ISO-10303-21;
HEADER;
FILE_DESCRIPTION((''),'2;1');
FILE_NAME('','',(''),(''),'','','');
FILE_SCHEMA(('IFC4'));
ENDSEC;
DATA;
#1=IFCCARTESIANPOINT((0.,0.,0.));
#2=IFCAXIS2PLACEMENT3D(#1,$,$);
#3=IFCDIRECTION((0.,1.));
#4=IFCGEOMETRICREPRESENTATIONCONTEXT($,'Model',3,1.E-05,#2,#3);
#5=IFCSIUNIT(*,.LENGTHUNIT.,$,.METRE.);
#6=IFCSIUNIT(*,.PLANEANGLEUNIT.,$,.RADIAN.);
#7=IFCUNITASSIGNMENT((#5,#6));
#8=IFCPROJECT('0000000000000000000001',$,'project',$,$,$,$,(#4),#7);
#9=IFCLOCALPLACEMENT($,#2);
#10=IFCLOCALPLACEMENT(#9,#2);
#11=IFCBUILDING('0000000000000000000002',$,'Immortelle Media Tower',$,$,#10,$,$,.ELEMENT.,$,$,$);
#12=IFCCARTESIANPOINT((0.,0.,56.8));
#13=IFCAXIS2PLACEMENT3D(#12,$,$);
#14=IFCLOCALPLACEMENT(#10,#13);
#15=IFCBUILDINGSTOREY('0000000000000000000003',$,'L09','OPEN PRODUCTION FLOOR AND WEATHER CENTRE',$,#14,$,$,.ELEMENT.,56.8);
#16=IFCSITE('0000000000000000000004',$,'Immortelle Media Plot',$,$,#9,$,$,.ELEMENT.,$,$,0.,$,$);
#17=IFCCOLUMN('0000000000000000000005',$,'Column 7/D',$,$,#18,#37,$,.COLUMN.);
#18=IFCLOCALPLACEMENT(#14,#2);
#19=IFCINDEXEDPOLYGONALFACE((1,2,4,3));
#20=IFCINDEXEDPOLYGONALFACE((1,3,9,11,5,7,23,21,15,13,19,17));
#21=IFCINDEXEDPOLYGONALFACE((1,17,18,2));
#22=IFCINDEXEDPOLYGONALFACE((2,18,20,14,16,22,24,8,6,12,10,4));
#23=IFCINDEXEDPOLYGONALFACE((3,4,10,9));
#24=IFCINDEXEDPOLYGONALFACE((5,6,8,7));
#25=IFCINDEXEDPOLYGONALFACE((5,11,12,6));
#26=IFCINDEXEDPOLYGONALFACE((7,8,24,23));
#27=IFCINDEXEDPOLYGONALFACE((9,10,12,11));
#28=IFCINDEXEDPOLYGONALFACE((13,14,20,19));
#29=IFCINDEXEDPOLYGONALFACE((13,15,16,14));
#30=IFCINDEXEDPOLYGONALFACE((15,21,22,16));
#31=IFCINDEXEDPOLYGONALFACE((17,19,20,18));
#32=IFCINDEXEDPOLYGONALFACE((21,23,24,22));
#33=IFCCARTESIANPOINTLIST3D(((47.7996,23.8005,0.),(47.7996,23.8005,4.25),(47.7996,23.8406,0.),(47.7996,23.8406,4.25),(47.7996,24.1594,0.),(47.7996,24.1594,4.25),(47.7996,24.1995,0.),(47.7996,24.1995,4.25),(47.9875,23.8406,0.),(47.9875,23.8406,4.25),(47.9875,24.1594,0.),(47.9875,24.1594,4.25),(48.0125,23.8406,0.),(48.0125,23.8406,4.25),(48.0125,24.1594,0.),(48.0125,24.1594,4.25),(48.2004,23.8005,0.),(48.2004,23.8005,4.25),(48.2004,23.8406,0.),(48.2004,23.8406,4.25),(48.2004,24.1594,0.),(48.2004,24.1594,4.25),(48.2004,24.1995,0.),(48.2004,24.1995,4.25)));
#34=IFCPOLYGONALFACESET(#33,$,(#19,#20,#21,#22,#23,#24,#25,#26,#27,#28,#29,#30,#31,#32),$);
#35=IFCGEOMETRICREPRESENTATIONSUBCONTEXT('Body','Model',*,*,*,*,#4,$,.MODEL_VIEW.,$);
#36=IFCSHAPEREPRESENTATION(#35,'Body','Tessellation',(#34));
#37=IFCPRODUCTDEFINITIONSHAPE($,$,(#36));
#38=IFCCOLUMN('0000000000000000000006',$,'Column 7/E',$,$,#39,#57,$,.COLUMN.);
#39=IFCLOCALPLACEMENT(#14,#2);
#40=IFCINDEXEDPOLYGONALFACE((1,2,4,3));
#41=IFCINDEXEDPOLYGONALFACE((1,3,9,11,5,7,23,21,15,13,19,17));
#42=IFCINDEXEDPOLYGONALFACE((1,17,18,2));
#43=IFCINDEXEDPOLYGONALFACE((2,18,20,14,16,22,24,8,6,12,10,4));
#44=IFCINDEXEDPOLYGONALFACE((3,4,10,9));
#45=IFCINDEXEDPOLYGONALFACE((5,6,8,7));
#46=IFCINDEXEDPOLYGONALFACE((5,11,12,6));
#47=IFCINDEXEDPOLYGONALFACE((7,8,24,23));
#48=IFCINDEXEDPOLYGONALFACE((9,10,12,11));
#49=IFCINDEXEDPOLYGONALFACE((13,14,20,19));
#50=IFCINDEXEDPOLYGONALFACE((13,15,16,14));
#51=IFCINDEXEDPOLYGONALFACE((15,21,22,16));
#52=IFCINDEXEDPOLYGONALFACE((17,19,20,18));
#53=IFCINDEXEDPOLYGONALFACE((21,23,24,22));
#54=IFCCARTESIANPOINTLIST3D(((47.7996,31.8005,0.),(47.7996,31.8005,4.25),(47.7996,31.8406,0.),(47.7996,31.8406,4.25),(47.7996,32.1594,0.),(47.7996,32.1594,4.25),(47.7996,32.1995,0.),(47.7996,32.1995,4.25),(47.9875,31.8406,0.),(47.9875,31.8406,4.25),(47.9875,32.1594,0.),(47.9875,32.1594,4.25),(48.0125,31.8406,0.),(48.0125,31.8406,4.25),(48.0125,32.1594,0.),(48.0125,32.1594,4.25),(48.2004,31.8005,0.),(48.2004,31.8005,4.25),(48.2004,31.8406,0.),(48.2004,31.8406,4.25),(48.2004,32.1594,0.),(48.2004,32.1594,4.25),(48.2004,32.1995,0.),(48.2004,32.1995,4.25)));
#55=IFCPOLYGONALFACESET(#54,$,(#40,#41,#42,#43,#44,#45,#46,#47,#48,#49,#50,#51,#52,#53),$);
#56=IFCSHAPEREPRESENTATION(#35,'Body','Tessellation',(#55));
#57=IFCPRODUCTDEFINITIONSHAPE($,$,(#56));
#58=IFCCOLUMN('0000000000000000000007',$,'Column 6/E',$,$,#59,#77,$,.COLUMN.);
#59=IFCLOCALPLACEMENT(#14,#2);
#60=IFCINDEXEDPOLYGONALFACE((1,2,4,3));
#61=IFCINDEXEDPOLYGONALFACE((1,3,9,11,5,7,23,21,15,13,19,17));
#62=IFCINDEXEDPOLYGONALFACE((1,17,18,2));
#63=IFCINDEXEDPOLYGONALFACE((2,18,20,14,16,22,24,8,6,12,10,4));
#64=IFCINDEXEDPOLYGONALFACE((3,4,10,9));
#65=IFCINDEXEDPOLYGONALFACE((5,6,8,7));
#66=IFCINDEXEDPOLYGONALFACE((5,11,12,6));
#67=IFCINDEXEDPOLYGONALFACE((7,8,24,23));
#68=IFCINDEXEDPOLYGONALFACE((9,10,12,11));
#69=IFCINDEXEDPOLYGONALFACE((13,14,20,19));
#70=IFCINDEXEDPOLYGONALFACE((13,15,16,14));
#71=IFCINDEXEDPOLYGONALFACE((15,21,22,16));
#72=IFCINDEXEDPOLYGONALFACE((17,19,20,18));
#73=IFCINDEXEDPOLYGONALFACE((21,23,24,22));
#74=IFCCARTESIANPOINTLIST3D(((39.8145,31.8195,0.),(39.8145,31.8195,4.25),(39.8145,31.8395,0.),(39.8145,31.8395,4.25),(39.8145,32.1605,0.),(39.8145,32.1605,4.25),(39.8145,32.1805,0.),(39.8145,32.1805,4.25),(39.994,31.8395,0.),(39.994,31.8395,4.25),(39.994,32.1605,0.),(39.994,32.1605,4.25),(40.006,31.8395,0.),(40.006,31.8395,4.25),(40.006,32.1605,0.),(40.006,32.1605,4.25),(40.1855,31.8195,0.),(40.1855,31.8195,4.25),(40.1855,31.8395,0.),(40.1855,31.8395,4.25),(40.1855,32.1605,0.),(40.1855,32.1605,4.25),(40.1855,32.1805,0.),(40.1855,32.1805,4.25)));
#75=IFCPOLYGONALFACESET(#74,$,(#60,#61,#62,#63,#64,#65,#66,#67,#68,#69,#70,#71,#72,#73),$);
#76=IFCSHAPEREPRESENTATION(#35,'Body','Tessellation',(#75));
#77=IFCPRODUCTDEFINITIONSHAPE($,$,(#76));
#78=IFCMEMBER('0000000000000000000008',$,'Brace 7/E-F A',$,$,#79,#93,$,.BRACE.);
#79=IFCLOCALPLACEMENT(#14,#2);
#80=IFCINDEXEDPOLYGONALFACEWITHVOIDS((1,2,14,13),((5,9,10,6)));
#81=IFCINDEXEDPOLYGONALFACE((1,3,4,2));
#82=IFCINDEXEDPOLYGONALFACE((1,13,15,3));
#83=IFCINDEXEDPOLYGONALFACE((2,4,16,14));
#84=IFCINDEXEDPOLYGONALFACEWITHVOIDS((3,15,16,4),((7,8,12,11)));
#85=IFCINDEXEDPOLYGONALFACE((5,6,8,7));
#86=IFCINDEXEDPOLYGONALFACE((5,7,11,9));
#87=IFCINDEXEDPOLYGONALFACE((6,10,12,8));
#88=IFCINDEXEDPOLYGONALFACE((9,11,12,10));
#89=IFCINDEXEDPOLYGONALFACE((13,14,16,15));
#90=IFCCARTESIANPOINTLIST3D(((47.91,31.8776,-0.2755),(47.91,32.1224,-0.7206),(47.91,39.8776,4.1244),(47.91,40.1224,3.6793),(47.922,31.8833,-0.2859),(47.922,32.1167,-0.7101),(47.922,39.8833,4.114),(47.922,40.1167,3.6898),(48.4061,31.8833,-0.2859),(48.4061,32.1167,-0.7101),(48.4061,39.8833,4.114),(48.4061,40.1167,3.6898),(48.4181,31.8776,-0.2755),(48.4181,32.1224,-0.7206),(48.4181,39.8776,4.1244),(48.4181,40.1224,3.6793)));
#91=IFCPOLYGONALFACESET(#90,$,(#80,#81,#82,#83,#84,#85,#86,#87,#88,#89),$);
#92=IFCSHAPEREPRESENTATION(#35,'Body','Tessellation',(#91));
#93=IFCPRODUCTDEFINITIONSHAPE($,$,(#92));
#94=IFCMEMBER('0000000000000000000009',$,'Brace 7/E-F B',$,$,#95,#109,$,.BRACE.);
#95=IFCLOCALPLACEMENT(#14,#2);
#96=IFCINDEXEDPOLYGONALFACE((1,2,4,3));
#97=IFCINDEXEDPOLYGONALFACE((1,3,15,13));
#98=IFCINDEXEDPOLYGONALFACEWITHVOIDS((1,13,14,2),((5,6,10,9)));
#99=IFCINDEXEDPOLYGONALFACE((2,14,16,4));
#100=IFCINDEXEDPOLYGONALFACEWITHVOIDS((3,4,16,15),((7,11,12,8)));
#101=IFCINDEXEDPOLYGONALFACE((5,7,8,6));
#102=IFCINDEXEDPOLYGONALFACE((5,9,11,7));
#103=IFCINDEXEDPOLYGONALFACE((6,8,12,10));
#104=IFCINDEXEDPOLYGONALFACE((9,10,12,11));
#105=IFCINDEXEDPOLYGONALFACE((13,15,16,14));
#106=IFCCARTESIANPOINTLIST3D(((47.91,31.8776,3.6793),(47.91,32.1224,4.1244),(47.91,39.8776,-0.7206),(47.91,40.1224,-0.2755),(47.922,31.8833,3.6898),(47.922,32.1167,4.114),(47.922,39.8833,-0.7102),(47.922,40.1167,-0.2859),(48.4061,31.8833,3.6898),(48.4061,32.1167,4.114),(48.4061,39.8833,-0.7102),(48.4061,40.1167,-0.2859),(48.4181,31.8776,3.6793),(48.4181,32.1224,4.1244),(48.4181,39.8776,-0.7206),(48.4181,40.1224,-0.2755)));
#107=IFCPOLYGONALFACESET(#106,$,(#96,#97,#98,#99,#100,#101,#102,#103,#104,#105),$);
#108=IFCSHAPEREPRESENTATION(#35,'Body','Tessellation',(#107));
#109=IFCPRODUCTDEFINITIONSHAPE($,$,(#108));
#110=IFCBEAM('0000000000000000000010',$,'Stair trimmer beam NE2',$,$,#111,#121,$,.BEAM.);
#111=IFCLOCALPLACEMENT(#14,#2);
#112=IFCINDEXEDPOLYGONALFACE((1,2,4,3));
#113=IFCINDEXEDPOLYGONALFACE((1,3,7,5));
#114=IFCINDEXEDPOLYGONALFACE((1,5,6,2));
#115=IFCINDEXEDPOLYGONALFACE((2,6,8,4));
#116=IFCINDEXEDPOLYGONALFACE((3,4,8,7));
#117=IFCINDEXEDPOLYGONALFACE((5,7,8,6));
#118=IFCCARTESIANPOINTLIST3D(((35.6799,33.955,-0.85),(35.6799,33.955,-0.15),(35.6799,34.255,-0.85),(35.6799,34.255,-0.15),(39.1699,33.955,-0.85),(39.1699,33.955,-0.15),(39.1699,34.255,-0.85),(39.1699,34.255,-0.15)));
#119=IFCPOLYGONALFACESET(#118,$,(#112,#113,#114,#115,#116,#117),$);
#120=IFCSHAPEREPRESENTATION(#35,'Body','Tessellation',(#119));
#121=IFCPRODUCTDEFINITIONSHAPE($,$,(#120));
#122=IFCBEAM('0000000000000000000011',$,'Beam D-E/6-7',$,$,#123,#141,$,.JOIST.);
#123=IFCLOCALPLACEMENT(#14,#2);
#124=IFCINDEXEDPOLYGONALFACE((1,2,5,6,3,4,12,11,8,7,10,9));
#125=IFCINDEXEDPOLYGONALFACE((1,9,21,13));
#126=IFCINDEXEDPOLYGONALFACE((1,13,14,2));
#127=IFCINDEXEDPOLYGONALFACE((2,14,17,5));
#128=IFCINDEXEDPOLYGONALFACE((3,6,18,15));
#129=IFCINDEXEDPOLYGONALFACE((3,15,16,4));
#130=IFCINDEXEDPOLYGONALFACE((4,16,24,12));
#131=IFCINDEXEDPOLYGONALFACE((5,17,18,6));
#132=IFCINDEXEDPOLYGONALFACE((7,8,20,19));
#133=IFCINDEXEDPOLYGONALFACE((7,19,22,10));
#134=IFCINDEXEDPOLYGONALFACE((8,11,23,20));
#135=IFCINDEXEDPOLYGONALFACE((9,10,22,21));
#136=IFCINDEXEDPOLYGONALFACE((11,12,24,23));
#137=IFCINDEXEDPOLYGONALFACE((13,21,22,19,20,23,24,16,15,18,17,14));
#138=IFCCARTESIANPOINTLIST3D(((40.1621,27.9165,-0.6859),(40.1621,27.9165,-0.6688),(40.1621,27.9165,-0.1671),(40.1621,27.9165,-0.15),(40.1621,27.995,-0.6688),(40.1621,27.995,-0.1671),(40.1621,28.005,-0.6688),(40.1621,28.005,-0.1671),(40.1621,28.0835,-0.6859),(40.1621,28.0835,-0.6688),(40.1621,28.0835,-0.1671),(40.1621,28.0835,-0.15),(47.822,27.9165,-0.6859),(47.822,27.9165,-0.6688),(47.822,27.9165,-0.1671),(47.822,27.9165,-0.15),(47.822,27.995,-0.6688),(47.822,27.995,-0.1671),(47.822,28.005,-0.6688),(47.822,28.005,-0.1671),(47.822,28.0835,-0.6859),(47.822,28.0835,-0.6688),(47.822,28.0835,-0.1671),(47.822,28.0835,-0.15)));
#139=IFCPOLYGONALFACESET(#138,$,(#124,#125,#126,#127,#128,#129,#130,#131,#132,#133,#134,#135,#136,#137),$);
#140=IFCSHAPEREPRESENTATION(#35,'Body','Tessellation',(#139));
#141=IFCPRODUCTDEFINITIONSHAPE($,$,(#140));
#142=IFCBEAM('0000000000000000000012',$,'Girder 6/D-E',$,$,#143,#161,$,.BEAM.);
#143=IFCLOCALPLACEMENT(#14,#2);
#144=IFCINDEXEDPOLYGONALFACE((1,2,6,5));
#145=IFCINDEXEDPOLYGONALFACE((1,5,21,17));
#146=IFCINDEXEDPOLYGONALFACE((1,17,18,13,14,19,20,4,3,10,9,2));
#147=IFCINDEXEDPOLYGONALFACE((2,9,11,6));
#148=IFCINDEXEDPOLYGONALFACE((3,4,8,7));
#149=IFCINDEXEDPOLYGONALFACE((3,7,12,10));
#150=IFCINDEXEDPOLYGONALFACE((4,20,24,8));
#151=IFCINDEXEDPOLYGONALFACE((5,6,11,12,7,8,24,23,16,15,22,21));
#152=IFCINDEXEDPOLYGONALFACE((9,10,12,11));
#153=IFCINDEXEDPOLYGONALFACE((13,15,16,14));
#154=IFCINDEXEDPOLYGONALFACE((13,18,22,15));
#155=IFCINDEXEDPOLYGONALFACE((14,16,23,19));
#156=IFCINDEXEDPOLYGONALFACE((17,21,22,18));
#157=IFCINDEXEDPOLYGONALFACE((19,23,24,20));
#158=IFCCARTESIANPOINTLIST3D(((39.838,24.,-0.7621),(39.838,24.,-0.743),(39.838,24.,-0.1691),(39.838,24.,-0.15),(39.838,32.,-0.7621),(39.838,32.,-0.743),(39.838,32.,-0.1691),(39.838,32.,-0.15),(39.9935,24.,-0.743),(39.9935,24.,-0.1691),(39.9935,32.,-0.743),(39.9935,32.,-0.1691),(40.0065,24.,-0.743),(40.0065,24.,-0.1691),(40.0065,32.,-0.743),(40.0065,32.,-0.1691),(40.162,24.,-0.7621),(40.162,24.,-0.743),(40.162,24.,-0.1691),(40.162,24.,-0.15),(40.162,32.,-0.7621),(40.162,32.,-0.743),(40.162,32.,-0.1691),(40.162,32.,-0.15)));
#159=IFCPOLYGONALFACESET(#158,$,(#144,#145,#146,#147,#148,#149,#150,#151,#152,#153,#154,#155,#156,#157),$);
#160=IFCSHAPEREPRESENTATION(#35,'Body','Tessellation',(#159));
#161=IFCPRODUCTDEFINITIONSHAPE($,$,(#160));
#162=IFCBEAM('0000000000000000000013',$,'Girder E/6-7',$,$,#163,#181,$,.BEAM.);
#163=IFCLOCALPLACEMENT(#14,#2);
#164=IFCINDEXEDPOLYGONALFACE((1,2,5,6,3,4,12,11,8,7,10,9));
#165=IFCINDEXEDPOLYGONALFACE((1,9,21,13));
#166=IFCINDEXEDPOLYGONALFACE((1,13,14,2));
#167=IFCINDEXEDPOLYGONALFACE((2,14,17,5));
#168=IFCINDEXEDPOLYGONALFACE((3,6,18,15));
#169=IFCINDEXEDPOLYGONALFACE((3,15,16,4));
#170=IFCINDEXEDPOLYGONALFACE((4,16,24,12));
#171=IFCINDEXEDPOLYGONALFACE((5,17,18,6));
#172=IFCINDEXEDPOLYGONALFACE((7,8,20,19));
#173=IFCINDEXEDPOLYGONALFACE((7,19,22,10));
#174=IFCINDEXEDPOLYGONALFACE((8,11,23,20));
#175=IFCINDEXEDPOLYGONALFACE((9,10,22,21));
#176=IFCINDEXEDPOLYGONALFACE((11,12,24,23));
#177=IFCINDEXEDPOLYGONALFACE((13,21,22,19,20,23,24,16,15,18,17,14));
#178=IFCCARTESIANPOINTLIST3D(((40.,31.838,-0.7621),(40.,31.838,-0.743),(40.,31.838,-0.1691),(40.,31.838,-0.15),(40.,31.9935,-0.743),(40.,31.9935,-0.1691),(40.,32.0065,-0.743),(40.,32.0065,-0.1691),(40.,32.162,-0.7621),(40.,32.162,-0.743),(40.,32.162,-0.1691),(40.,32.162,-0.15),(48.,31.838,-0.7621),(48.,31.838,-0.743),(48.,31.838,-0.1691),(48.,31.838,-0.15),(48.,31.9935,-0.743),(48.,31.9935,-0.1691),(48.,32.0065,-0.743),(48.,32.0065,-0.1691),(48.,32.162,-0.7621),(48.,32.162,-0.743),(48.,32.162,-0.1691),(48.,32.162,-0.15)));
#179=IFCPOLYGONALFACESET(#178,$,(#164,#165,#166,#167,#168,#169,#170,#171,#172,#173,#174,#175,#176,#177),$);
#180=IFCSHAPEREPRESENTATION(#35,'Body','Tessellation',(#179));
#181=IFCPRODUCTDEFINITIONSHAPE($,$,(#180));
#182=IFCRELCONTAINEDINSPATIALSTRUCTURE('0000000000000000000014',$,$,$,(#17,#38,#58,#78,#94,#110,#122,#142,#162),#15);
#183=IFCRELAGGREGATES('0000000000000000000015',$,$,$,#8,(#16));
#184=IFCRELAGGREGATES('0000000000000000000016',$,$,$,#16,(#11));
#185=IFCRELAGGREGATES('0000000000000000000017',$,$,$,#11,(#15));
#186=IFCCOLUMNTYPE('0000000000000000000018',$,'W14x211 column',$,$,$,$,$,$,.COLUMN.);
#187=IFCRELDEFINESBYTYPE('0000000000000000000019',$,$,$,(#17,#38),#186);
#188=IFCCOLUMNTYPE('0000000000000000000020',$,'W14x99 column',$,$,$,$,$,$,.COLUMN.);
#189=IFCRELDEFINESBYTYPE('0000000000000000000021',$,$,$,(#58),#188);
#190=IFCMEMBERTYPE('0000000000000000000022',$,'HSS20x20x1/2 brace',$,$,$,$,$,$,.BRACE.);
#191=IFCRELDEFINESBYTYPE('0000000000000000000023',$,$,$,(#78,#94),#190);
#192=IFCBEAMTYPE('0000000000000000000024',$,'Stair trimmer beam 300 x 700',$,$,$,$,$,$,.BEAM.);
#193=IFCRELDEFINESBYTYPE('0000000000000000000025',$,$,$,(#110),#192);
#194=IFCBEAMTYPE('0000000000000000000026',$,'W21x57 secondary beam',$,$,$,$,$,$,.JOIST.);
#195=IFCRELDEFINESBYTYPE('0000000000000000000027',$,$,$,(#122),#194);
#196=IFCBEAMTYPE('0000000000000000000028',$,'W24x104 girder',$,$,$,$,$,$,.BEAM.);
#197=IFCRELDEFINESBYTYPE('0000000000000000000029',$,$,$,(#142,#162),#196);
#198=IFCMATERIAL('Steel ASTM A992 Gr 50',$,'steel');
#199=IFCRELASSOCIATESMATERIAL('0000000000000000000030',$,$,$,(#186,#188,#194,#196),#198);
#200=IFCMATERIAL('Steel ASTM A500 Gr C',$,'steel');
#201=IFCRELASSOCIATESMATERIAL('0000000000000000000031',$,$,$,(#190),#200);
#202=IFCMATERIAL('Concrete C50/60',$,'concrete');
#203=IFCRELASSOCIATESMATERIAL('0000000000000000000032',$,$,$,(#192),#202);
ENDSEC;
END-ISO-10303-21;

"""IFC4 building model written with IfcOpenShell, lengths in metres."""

from ifc_helpers import new_model, si_unit, direction, frame, origin, origin_2d, place, context, subcontext, project, spatial, rectangle, hollow_rectangle, i_section, extrude, material, material_profile, profile_set, type_object, element, save


model = new_model("IFC4")

# Units and contexts
model_context = context("Model", 3, precision=1e-05, world=origin(), true_north=direction((0.0, 1.0)))
body_context = subcontext(model_context, "Body", "Model", "MODEL_VIEW")
ifc_project = project(units=[si_unit("LENGTHUNIT", "METRE"), si_unit("PLANEANGLEUNIT", "RADIAN")], contexts=[model_context])

# Site, building, storey
site_placement = place(None, origin())
site = spatial("IfcSite", under=ifc_project, at=site_placement, Name="Immortelle Media Plot", CompositionType="ELEMENT", RefElevation=0.0)
building_placement = place(site_placement, origin())
building = spatial("IfcBuilding", under=site, at=building_placement, Name="Immortelle Media Tower", CompositionType="ELEMENT")
storey_placement = place(building_placement, frame((0.0, 0.0, 56.8)))
storey = spatial("IfcBuildingStorey", under=building, at=storey_placement, Name="L09", Description="OPEN PRODUCTION FLOOR AND WEATHER CENTRE", CompositionType="ELEMENT", Elevation=56.8)

# Columns
ifc_material_1 = material(Name="Steel ASTM A992 Gr 50", Category="steel")
ifc_material_profile_1 = material_profile(ifc_material_1, i_section(OverallWidth=0.4009, OverallDepth=0.3989, WebThickness=0.0249, FlangeThickness=0.04, at=origin_2d()), Name="W14x211")
ifc_profile_set_1 = profile_set([ifc_material_profile_1], Name="Steel ASTM A992 Gr 50")
column_type_1 = type_object("IfcColumnType", Name="W14x211 column", PredefinedType="COLUMN", material=ifc_profile_set_1)
for number, where, z_axis, x_axis, name in (
    (1, (48.0, 24.0, 0.0), (0.0, 0.0, 1.0), (1.0, 0.0, 0.0), "Column 7/D"),
    (2, (48.0, 32.0, 0.0), (0.0, 0.0, 1.0), (1.0, 0.0, 0.0), "Column 7/E"),
):
    element("IfcColumn", number, at=place(storey_placement, frame(where, z_axis=z_axis, x_axis=x_axis)), inside=storey, type_object=column_type_1, Name=name, PredefinedType="COLUMN", context=body_context, shape_type="SweptSolid", body=[
        extrude(i_section(OverallWidth=0.4009, OverallDepth=0.3989, WebThickness=0.0249, FlangeThickness=0.04, at=origin_2d()), origin(), (0.0, 0.0, 1.0), 4.25),
    ])
ifc_material_profile_2 = material_profile(ifc_material_1, i_section(OverallWidth=0.3711, OverallDepth=0.3611, WebThickness=0.012, FlangeThickness=0.02, at=origin_2d()), Name="W14x99")
ifc_profile_set_2 = profile_set([ifc_material_profile_2], Name="Steel ASTM A992 Gr 50")
column_type_2 = type_object("IfcColumnType", Name="W14x99 column", PredefinedType="COLUMN", material=ifc_profile_set_2)
column_placement = place(storey_placement, frame((40.0, 32.0, 0.0), z_axis=(0.0, 0.0, 1.0), x_axis=(1.0, 0.0, 0.0)))
element("IfcColumn", 3, at=column_placement, inside=storey, type_object=column_type_2, Name="Column 6/E", PredefinedType="COLUMN", context=body_context, shape_type="SweptSolid", body=[
    extrude(i_section(OverallWidth=0.3711, OverallDepth=0.3611, WebThickness=0.012, FlangeThickness=0.02, at=origin_2d()), origin(), (0.0, 0.0, 1.0), 4.25),
])

# Members
ifc_material_2 = material(Name="Steel ASTM A500 Gr C", Category="steel")
ifc_material_profile_3 = material_profile(ifc_material_2, hollow_rectangle(XDim=0.5081, YDim=0.5081, WallThickness=0.012, at=origin_2d()), Name="HSS20x20x1/2 brace")
ifc_profile_set_3 = profile_set([ifc_material_profile_3], Name="Steel ASTM A500 Gr C")
member_type = type_object("IfcMemberType", Name="HSS20x20x1/2 brace", PredefinedType="BRACE", material=ifc_profile_set_3)
for number, where, z_axis, x_axis, name in (
    (4, (48.1641, 32.0, -0.498), (0.0, 0.87622, 0.481911), (-1.0, 0.0, 0.0), "Brace 7/E-F A"),
    (5, (48.1641, 32.0, 3.9019), (0.0, 0.87622, -0.481911), (-1.0, 0.0, 0.0), "Brace 7/E-F B"),
):
    element("IfcMember", number, at=place(storey_placement, frame(where, z_axis=z_axis, x_axis=x_axis)), inside=storey, type_object=member_type, Name=name, PredefinedType="BRACE", context=body_context, shape_type="SweptSolid", body=[
        extrude(hollow_rectangle(XDim=0.5081, YDim=0.5081, WallThickness=0.012, at=origin_2d()), origin(), (0.0, 0.0, 1.0), 9.1301),
    ])

# Beams
ifc_material_3 = material(Name="Concrete C50/60", Category="concrete")
ifc_material_profile_4 = material_profile(ifc_material_3, rectangle(XDim=0.3, YDim=0.7, at=origin_2d()), Name="RC 300x700")
ifc_profile_set_4 = profile_set([ifc_material_profile_4], Name="Concrete C50/60")
beam_type_1 = type_object("IfcBeamType", Name="Stair trimmer beam 300 x 700", PredefinedType="BEAM", material=ifc_profile_set_4)
beam_1_placement = place(storey_placement, frame((35.6799, 34.105, -0.5), z_axis=(1.0, 0.0, 0.0), x_axis=(0.0, 1.0, 0.0)))
element("IfcBeam", 6, at=beam_1_placement, inside=storey, type_object=beam_type_1, Name="Stair trimmer beam NE2", PredefinedType="BEAM", context=body_context, shape_type="SweptSolid", body=[
    extrude(rectangle(XDim=0.3, YDim=0.7, at=origin_2d()), origin(), (0.0, 0.0, 1.0), 3.49),
])
ifc_material_profile_5 = material_profile(ifc_material_1, i_section(OverallWidth=0.167, OverallDepth=0.5359, WebThickness=0.01, FlangeThickness=0.0171, at=origin_2d()), Name="W21x57")
ifc_profile_set_5 = profile_set([ifc_material_profile_5], Name="Steel ASTM A992 Gr 50")
beam_type_2 = type_object("IfcBeamType", Name="W21x57 secondary beam", PredefinedType="JOIST", material=ifc_profile_set_5)
beam_2_placement = place(storey_placement, frame((40.1621, 28.0, -0.418), z_axis=(1.0, 0.0, 0.0), x_axis=(0.0, 1.0, 0.0)))
element("IfcBeam", 7, at=beam_2_placement, inside=storey, type_object=beam_type_2, Name="Beam D-E/6-7", PredefinedType="JOIST", context=body_context, shape_type="SweptSolid", body=[
    extrude(i_section(OverallWidth=0.167, OverallDepth=0.5359, WebThickness=0.01, FlangeThickness=0.0171, at=origin_2d()), origin(), (0.0, 0.0, 1.0), 7.6599),
])
ifc_material_profile_6 = material_profile(ifc_material_1, i_section(OverallWidth=0.324, OverallDepth=0.6121, WebThickness=0.0129, FlangeThickness=0.019, at=origin_2d()), Name="W24x104")
ifc_profile_set_6 = profile_set([ifc_material_profile_6], Name="Steel ASTM A992 Gr 50")
beam_type_3 = type_object("IfcBeamType", Name="W24x104 girder", PredefinedType="BEAM", material=ifc_profile_set_6)
for number, where, z_axis, x_axis, name in (
    (8, (40.0, 24.0, -0.4561), (0.0, 1.0, 0.0), (-1.0, 0.0, 0.0), "Girder 6/D-E"),
    (9, (40.0, 32.0, -0.4561), (1.0, 0.0, 0.0), (0.0, 1.0, 0.0), "Girder E/6-7"),
):
    element("IfcBeam", number, at=place(storey_placement, frame(where, z_axis=z_axis, x_axis=x_axis)), inside=storey, type_object=beam_type_3, Name=name, PredefinedType="BEAM", context=body_context, shape_type="SweptSolid", body=[
        extrude(i_section(OverallWidth=0.324, OverallDepth=0.6121, WebThickness=0.0129, FlangeThickness=0.019, at=origin_2d()), origin(), (0.0, 0.0, 1.0), 8.0),
    ])

save(model, "model.ifc")
